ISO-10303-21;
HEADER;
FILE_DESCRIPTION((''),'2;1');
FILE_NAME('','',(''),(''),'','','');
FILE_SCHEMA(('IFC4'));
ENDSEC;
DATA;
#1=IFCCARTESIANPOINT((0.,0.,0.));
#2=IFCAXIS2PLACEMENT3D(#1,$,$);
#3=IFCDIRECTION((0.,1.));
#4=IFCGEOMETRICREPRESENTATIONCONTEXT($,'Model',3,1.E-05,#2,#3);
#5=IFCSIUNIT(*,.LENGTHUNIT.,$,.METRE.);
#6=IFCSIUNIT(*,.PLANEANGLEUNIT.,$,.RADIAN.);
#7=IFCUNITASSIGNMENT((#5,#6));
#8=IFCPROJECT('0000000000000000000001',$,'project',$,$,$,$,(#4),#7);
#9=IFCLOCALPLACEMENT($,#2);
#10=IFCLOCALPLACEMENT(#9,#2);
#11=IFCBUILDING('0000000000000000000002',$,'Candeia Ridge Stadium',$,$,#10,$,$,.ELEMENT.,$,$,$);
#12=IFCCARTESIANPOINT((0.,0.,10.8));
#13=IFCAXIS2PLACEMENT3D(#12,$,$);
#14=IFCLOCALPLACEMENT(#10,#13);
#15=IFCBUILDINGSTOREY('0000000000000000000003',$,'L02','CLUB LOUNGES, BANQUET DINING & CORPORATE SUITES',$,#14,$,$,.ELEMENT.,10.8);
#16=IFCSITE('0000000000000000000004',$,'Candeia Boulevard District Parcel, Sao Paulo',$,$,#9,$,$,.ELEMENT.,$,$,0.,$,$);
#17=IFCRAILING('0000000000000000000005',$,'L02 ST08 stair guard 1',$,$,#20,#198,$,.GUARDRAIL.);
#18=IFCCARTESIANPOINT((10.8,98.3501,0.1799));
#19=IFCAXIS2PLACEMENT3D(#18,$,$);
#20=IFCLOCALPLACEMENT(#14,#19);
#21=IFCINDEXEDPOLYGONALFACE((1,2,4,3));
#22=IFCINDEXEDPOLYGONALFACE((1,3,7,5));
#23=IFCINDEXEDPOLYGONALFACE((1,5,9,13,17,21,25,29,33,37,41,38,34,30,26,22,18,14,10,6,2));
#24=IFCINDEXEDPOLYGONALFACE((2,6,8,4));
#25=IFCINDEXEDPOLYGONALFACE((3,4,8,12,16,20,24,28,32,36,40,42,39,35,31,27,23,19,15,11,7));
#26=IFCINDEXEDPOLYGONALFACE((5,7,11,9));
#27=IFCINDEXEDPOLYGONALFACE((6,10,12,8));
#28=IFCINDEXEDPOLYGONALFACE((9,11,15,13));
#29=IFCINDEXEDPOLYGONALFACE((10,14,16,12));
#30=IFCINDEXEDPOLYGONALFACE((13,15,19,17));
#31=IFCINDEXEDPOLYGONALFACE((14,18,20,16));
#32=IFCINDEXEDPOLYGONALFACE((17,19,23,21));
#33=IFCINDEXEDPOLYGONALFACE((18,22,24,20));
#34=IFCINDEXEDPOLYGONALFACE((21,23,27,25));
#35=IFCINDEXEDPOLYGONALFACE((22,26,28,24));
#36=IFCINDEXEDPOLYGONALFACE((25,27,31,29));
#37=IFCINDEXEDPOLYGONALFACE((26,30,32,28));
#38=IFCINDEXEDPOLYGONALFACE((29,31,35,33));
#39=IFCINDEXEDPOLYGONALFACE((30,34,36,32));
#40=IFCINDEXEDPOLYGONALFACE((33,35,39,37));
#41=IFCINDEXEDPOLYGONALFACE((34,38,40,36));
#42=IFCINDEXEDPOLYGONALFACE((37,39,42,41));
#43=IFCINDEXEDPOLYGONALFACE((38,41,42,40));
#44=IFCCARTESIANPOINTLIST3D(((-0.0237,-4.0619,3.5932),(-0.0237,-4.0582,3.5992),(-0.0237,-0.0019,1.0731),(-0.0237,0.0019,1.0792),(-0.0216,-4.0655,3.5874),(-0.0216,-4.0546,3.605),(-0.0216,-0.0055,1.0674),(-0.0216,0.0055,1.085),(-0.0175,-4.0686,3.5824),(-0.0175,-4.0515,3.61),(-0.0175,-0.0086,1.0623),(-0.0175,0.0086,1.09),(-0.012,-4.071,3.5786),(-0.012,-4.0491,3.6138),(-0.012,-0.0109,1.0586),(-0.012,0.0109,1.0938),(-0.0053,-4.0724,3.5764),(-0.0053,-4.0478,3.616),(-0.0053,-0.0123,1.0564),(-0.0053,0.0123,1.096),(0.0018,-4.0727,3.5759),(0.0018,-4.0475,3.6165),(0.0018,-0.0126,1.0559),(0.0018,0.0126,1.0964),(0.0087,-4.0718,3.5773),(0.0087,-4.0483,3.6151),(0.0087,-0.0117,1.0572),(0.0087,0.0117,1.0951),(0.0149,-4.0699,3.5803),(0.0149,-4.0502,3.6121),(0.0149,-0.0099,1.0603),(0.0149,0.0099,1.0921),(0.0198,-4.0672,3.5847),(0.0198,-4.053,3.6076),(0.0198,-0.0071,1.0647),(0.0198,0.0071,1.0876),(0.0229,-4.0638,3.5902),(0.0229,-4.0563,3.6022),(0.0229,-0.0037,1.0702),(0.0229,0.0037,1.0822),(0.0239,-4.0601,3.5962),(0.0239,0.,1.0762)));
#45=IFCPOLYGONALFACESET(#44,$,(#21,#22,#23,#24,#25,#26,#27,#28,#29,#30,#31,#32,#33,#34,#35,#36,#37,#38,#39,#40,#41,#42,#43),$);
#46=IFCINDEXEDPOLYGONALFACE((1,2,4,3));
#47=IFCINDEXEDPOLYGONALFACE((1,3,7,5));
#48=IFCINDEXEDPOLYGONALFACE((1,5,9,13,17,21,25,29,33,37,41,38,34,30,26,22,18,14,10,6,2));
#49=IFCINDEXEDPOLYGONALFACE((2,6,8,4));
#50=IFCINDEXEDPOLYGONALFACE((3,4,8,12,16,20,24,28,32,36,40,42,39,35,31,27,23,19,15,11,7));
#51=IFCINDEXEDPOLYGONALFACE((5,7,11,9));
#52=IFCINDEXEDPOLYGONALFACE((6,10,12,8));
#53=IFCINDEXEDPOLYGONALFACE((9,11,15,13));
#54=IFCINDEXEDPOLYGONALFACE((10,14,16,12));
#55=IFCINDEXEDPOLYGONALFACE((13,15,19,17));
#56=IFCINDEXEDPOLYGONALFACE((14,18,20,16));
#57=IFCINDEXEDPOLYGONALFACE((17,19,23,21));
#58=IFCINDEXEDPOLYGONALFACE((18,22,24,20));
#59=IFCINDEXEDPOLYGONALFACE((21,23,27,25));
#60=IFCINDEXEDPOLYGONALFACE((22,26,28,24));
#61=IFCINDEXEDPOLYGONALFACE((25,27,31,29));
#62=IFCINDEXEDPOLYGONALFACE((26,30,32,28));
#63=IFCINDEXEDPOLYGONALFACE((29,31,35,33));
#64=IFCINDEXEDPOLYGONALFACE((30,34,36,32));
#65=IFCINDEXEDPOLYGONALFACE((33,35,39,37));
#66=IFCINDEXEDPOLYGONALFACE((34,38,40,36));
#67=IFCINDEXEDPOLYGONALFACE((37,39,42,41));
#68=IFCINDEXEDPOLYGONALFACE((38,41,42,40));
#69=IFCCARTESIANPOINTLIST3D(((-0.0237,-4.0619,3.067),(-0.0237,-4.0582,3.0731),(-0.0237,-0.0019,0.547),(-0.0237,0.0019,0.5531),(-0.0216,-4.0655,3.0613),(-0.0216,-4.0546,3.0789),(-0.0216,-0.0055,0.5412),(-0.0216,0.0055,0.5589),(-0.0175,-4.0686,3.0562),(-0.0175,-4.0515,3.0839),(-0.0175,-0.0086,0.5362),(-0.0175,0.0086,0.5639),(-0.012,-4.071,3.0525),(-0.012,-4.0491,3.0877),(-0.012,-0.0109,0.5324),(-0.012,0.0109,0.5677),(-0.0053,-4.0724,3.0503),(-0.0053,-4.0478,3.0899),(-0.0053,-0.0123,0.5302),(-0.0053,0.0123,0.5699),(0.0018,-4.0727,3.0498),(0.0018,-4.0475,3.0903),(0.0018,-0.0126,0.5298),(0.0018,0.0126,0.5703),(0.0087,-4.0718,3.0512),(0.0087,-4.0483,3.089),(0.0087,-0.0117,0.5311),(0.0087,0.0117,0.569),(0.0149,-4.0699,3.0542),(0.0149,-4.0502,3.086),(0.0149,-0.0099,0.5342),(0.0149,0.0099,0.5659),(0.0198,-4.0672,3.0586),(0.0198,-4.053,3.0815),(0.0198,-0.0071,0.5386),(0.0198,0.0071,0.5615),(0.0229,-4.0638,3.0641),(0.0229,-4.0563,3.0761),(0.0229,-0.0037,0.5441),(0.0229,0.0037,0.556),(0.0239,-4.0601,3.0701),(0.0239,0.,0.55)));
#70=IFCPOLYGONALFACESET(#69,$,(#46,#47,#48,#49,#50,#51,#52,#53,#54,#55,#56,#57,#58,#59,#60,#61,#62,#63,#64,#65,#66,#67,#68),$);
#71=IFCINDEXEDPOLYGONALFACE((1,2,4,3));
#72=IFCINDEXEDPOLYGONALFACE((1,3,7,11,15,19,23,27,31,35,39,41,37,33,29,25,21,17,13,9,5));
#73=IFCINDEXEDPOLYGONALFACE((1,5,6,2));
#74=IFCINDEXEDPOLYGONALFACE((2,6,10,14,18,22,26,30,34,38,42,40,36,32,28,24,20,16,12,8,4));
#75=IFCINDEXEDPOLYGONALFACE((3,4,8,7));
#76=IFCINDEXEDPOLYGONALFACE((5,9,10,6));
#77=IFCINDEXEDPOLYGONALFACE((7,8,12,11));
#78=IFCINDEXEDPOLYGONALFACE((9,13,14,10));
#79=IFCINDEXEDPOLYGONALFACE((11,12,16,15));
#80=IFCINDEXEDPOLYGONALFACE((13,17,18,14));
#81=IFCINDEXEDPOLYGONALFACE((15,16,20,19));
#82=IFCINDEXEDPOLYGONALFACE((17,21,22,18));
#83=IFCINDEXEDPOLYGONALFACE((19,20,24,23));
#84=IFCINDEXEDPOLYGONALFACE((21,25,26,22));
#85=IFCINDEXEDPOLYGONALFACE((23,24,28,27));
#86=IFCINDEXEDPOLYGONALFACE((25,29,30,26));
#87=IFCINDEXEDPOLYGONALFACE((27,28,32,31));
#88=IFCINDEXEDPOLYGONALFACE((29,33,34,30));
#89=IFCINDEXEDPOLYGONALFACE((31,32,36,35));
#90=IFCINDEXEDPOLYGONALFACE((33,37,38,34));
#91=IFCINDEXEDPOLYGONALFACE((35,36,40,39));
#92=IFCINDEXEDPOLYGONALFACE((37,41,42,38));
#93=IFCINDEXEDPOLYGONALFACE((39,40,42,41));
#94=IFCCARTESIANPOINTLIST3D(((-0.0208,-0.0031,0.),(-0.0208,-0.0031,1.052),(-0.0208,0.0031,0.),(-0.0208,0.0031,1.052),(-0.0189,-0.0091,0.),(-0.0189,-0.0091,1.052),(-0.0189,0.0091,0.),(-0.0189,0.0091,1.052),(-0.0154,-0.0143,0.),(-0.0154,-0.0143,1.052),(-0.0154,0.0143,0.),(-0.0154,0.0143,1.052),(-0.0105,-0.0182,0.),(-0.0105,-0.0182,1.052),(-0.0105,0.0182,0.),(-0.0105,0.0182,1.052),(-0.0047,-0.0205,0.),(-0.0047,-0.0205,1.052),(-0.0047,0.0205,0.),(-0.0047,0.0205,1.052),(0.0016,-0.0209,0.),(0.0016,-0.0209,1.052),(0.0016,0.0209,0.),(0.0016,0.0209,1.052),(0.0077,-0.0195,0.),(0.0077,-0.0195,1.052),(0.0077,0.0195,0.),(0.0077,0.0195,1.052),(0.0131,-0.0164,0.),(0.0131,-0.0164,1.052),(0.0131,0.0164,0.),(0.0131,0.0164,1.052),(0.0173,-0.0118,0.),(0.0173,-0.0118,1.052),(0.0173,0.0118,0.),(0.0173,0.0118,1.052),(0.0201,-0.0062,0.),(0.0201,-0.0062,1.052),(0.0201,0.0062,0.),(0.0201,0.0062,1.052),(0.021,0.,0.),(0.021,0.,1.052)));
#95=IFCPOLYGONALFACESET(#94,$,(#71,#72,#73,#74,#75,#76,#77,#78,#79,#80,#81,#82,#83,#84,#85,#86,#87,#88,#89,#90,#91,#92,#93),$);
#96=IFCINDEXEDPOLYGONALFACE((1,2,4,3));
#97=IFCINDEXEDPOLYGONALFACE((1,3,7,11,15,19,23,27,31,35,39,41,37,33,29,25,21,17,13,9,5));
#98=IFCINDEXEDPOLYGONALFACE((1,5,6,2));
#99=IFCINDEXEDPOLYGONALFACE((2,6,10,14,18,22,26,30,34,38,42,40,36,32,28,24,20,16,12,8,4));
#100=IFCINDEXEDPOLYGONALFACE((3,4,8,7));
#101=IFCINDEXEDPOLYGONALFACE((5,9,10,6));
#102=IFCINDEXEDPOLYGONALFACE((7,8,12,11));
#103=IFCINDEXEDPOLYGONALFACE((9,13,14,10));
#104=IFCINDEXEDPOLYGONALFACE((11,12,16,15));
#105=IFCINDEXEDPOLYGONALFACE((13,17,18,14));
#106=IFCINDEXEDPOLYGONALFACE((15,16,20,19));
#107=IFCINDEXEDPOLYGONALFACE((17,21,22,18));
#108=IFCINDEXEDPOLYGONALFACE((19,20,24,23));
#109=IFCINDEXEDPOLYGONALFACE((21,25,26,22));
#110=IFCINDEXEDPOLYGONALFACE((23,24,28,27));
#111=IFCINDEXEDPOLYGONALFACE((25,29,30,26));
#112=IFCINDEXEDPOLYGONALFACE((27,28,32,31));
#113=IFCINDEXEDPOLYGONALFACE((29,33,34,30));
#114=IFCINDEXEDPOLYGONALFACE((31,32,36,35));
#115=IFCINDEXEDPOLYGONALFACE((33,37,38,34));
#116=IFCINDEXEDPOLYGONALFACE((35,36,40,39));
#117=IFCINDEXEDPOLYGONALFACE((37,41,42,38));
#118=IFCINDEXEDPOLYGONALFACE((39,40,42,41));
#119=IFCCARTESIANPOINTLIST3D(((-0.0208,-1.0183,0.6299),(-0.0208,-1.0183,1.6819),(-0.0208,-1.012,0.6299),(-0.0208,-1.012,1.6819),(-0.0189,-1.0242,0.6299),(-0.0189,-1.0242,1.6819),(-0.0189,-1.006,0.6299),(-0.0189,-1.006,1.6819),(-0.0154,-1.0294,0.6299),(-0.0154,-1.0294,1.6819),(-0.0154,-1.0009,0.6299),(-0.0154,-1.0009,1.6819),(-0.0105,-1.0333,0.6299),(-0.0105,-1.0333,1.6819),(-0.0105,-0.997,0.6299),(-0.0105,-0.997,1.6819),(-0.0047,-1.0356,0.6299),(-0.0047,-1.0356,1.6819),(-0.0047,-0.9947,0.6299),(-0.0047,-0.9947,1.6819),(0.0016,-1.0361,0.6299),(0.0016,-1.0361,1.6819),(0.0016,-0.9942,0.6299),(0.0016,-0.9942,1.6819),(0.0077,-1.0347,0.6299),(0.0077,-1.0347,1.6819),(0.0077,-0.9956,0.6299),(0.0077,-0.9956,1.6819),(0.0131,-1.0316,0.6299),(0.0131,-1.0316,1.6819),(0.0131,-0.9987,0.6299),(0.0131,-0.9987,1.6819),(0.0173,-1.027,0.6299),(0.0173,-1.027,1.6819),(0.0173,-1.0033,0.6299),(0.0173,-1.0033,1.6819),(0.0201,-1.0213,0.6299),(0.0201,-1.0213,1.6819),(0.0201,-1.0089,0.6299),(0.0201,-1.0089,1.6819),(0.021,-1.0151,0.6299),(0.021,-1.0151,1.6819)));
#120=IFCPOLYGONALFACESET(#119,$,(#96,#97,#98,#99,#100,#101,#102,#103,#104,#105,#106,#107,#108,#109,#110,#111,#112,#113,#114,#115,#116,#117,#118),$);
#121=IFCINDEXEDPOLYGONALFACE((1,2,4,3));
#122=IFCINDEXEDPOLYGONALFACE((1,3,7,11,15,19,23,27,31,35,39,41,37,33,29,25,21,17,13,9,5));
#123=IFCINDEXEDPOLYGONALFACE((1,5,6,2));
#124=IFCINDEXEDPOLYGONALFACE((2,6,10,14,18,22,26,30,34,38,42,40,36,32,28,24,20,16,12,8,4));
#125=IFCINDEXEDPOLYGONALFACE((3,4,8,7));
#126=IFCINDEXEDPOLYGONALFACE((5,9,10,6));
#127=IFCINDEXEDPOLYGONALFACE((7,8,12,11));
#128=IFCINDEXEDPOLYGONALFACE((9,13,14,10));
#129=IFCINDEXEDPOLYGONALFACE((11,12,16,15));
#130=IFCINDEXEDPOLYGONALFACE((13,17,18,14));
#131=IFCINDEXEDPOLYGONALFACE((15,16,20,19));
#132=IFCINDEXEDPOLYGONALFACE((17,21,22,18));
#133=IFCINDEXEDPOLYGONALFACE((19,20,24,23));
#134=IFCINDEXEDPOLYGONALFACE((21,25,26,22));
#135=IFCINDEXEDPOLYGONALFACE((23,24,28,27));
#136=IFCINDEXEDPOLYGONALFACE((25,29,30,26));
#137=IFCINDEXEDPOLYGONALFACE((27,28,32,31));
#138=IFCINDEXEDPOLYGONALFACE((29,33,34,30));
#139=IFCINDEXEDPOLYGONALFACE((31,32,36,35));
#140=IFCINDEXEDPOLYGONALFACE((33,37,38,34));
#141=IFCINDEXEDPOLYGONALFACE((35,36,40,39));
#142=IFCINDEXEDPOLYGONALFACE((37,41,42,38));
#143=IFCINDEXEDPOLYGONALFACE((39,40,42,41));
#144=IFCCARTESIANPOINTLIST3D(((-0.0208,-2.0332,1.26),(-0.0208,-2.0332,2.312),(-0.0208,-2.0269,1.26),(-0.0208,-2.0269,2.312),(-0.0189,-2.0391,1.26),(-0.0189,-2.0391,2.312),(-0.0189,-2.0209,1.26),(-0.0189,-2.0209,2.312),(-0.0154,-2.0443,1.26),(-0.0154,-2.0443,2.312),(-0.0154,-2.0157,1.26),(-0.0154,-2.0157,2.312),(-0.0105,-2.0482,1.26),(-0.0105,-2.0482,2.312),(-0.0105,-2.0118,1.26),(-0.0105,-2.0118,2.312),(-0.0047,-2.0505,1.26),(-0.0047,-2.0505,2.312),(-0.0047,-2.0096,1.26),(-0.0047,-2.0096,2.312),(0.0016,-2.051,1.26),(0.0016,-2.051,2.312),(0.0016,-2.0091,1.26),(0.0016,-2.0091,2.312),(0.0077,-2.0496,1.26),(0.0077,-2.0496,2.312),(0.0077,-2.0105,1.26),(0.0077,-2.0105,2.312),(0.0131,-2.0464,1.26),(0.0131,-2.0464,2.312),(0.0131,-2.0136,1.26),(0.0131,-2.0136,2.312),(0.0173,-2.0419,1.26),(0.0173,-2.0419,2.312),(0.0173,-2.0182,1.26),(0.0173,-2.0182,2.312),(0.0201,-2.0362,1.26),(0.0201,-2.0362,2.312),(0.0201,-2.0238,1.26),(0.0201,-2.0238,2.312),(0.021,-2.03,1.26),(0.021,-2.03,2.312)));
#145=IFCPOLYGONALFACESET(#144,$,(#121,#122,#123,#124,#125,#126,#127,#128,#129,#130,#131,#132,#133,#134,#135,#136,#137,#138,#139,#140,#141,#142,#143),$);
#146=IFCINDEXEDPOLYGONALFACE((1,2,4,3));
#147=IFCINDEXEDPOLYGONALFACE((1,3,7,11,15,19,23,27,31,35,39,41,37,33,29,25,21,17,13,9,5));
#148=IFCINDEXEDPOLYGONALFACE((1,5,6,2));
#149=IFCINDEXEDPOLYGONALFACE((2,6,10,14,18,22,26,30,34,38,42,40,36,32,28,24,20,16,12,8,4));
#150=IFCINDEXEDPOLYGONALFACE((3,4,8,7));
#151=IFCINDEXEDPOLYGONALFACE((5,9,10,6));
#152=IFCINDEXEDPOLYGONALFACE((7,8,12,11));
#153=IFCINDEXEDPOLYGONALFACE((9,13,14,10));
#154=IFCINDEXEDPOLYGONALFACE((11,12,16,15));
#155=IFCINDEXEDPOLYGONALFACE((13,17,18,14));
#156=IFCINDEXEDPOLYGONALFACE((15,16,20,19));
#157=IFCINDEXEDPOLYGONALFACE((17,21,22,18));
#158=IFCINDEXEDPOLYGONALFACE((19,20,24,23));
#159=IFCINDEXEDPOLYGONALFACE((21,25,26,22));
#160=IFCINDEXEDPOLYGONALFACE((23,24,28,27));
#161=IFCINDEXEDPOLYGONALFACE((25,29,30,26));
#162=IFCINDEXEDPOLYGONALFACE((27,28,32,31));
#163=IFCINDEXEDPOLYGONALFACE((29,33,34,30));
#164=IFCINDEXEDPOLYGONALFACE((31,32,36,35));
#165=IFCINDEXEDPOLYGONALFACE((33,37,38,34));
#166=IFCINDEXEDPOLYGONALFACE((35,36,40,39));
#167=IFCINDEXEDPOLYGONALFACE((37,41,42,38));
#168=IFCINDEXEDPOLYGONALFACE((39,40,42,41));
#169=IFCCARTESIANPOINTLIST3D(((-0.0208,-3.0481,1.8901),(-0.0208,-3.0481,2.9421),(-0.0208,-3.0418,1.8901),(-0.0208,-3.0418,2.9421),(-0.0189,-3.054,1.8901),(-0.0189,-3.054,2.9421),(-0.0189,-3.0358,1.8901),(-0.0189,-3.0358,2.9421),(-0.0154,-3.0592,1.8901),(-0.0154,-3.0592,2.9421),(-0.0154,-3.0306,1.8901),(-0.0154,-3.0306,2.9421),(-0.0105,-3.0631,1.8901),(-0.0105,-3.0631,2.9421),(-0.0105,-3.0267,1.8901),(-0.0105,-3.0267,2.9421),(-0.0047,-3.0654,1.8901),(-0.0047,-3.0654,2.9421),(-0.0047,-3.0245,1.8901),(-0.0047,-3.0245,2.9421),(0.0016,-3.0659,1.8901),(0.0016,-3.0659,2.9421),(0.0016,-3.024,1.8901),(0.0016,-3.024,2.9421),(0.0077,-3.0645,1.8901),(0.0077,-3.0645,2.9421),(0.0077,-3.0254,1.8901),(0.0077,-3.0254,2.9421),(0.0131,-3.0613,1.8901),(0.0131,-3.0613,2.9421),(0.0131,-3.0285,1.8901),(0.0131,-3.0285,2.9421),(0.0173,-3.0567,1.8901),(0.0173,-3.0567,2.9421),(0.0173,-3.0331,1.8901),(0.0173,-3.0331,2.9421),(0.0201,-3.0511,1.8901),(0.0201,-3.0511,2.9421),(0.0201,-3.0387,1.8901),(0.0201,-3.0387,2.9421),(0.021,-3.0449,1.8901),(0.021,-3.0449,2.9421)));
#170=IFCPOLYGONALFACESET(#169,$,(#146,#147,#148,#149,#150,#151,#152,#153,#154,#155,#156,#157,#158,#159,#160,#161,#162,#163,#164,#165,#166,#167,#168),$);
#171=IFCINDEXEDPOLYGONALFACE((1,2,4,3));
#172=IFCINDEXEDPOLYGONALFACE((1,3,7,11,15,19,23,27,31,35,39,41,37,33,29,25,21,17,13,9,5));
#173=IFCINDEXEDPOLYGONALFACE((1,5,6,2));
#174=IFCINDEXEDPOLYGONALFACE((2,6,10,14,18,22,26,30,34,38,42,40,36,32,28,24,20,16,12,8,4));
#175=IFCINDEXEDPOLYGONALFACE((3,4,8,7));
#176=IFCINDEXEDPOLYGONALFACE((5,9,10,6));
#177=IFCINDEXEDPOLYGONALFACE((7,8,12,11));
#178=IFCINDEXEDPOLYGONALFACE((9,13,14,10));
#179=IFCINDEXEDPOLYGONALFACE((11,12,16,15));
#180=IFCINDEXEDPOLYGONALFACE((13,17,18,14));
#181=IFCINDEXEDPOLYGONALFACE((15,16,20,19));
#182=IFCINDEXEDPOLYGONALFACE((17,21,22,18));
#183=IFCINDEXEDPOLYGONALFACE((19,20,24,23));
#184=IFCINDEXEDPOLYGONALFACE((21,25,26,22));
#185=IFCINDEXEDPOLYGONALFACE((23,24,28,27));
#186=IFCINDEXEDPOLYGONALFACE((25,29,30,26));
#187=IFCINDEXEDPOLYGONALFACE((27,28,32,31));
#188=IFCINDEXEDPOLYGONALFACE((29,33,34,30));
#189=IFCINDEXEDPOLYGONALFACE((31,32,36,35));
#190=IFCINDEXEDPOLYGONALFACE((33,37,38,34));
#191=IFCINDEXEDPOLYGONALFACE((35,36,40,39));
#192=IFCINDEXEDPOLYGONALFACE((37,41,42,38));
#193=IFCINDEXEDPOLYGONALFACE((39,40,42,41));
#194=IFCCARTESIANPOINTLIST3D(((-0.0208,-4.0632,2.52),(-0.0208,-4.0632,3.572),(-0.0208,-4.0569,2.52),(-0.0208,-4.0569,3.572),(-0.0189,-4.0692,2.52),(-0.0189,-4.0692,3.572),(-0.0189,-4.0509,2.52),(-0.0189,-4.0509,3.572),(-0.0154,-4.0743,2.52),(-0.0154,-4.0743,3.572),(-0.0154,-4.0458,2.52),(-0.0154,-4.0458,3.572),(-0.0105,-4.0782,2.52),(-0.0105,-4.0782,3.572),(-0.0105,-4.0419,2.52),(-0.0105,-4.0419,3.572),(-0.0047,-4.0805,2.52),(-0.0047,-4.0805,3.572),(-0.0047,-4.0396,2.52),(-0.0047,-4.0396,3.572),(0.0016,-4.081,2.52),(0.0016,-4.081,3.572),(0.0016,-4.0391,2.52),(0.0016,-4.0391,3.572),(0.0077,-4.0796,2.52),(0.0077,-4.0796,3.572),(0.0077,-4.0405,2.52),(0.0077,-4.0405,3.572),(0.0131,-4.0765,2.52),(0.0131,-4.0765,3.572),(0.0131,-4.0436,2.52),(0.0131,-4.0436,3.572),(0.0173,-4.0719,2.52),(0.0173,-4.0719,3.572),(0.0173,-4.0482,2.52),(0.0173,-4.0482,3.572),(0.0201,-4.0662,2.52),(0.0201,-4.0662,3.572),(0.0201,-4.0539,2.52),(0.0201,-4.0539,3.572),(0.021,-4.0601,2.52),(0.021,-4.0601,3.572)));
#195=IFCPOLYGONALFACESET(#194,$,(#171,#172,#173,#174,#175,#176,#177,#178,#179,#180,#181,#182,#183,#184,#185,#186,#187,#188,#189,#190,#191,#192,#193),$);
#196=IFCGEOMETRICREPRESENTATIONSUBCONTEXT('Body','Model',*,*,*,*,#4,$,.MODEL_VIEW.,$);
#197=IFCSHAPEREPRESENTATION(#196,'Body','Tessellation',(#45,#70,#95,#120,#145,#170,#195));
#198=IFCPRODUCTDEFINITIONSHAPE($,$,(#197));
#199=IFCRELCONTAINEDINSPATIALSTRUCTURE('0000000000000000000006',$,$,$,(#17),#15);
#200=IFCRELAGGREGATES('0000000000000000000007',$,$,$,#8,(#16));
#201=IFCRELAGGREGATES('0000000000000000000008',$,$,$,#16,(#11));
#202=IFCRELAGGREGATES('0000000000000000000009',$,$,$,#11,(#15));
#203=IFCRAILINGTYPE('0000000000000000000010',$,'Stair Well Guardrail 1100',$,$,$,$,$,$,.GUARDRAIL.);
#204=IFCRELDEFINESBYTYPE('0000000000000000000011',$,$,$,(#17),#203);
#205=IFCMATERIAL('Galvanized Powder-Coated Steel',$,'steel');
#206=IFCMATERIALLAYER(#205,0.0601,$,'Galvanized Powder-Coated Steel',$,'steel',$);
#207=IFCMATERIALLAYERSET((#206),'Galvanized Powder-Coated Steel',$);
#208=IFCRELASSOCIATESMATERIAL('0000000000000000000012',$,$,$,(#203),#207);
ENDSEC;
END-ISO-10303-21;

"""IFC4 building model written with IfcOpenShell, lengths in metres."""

from ifc_helpers import new_model, si_unit, direction, frame, origin, origin_2d, place, context, subcontext, project, spatial, circle, extrude, material, layer, layer_set, type_object, element, save


model = new_model("IFC4")

# Units and contexts
model_context = context("Model", 3, precision=1e-05, world=origin(), true_north=direction((0.0, 1.0)))
body_context = subcontext(model_context, "Body", "Model", "MODEL_VIEW")
ifc_project = project(units=[si_unit("LENGTHUNIT", "METRE"), si_unit("PLANEANGLEUNIT", "RADIAN")], contexts=[model_context])

# Site, building, storey
site_placement = place(None, origin())
site = spatial("IfcSite", under=ifc_project, at=site_placement, Name="Candeia Boulevard District Parcel, Sao Paulo", CompositionType="ELEMENT", RefElevation=0.0)
building_placement = place(site_placement, origin())
building = spatial("IfcBuilding", under=site, at=building_placement, Name="Candeia Ridge Stadium", CompositionType="ELEMENT")
storey_placement = place(building_placement, frame((0.0, 0.0, 10.8)))
storey = spatial("IfcBuildingStorey", under=building, at=storey_placement, Name="L02", Description="CLUB LOUNGES, BANQUET DINING & CORPORATE SUITES", CompositionType="ELEMENT", Elevation=10.8)

# Railing
ifc_material_1 = material(Name="Galvanized Powder-Coated Steel", Category="steel")
ifc_layer_1 = layer(ifc_material_1, 0.0601, Name="Galvanized Powder-Coated Steel", Category="steel")
ifc_layer_set_1 = layer_set([ifc_layer_1], Name="Galvanized Powder-Coated Steel")
railing_type_1 = type_object("IfcRailingType", Name="Stair Well Guardrail 1100", PredefinedType="GUARDRAIL", material=ifc_layer_set_1)
railing_1_placement = place(storey_placement, frame((10.8, 98.3501, 0.1799)))
element("IfcRailing", 1, at=railing_1_placement, inside=storey, type_object=railing_type_1, Name="L02 ST08 stair guard 1", PredefinedType="GUARDRAIL", context=body_context, shape_type="SweptSolid", body=[
    extrude(circle(Radius=0.0239, at=origin_2d()), frame((0.0, 0.0, 1.0762), z_axis=(0.0, -0.849642, 0.52736), x_axis=(1.0, 0.0, 0.0)), (0.0, 0.0, 1.0), 4.7786),
    extrude(circle(Radius=0.0239, at=origin_2d()), frame((0.0, 0.0, 0.55), z_axis=(0.0, -0.849642, 0.52736), x_axis=(1.0, 0.0, 0.0)), (0.0, 0.0, 1.0), 4.7786),
    extrude(circle(Radius=0.021, at=origin_2d()), origin(), (0.0, 0.0, 1.0), 1.052),
    extrude(circle(Radius=0.021, at=origin_2d()), frame((0.0, -1.0151, 0.6299)), (0.0, 0.0, 1.0), 1.052),
    extrude(circle(Radius=0.021, at=origin_2d()), frame((0.0, -2.03, 1.26)), (0.0, 0.0, 1.0), 1.052),
    extrude(circle(Radius=0.021, at=origin_2d()), frame((0.0, -3.0449, 1.8901)), (0.0, 0.0, 1.0), 1.052),
    extrude(circle(Radius=0.021, at=origin_2d()), frame((0.0, -4.0601, 2.52)), (0.0, 0.0, 1.0), 1.052),
])

save(model, "model.ifc")
